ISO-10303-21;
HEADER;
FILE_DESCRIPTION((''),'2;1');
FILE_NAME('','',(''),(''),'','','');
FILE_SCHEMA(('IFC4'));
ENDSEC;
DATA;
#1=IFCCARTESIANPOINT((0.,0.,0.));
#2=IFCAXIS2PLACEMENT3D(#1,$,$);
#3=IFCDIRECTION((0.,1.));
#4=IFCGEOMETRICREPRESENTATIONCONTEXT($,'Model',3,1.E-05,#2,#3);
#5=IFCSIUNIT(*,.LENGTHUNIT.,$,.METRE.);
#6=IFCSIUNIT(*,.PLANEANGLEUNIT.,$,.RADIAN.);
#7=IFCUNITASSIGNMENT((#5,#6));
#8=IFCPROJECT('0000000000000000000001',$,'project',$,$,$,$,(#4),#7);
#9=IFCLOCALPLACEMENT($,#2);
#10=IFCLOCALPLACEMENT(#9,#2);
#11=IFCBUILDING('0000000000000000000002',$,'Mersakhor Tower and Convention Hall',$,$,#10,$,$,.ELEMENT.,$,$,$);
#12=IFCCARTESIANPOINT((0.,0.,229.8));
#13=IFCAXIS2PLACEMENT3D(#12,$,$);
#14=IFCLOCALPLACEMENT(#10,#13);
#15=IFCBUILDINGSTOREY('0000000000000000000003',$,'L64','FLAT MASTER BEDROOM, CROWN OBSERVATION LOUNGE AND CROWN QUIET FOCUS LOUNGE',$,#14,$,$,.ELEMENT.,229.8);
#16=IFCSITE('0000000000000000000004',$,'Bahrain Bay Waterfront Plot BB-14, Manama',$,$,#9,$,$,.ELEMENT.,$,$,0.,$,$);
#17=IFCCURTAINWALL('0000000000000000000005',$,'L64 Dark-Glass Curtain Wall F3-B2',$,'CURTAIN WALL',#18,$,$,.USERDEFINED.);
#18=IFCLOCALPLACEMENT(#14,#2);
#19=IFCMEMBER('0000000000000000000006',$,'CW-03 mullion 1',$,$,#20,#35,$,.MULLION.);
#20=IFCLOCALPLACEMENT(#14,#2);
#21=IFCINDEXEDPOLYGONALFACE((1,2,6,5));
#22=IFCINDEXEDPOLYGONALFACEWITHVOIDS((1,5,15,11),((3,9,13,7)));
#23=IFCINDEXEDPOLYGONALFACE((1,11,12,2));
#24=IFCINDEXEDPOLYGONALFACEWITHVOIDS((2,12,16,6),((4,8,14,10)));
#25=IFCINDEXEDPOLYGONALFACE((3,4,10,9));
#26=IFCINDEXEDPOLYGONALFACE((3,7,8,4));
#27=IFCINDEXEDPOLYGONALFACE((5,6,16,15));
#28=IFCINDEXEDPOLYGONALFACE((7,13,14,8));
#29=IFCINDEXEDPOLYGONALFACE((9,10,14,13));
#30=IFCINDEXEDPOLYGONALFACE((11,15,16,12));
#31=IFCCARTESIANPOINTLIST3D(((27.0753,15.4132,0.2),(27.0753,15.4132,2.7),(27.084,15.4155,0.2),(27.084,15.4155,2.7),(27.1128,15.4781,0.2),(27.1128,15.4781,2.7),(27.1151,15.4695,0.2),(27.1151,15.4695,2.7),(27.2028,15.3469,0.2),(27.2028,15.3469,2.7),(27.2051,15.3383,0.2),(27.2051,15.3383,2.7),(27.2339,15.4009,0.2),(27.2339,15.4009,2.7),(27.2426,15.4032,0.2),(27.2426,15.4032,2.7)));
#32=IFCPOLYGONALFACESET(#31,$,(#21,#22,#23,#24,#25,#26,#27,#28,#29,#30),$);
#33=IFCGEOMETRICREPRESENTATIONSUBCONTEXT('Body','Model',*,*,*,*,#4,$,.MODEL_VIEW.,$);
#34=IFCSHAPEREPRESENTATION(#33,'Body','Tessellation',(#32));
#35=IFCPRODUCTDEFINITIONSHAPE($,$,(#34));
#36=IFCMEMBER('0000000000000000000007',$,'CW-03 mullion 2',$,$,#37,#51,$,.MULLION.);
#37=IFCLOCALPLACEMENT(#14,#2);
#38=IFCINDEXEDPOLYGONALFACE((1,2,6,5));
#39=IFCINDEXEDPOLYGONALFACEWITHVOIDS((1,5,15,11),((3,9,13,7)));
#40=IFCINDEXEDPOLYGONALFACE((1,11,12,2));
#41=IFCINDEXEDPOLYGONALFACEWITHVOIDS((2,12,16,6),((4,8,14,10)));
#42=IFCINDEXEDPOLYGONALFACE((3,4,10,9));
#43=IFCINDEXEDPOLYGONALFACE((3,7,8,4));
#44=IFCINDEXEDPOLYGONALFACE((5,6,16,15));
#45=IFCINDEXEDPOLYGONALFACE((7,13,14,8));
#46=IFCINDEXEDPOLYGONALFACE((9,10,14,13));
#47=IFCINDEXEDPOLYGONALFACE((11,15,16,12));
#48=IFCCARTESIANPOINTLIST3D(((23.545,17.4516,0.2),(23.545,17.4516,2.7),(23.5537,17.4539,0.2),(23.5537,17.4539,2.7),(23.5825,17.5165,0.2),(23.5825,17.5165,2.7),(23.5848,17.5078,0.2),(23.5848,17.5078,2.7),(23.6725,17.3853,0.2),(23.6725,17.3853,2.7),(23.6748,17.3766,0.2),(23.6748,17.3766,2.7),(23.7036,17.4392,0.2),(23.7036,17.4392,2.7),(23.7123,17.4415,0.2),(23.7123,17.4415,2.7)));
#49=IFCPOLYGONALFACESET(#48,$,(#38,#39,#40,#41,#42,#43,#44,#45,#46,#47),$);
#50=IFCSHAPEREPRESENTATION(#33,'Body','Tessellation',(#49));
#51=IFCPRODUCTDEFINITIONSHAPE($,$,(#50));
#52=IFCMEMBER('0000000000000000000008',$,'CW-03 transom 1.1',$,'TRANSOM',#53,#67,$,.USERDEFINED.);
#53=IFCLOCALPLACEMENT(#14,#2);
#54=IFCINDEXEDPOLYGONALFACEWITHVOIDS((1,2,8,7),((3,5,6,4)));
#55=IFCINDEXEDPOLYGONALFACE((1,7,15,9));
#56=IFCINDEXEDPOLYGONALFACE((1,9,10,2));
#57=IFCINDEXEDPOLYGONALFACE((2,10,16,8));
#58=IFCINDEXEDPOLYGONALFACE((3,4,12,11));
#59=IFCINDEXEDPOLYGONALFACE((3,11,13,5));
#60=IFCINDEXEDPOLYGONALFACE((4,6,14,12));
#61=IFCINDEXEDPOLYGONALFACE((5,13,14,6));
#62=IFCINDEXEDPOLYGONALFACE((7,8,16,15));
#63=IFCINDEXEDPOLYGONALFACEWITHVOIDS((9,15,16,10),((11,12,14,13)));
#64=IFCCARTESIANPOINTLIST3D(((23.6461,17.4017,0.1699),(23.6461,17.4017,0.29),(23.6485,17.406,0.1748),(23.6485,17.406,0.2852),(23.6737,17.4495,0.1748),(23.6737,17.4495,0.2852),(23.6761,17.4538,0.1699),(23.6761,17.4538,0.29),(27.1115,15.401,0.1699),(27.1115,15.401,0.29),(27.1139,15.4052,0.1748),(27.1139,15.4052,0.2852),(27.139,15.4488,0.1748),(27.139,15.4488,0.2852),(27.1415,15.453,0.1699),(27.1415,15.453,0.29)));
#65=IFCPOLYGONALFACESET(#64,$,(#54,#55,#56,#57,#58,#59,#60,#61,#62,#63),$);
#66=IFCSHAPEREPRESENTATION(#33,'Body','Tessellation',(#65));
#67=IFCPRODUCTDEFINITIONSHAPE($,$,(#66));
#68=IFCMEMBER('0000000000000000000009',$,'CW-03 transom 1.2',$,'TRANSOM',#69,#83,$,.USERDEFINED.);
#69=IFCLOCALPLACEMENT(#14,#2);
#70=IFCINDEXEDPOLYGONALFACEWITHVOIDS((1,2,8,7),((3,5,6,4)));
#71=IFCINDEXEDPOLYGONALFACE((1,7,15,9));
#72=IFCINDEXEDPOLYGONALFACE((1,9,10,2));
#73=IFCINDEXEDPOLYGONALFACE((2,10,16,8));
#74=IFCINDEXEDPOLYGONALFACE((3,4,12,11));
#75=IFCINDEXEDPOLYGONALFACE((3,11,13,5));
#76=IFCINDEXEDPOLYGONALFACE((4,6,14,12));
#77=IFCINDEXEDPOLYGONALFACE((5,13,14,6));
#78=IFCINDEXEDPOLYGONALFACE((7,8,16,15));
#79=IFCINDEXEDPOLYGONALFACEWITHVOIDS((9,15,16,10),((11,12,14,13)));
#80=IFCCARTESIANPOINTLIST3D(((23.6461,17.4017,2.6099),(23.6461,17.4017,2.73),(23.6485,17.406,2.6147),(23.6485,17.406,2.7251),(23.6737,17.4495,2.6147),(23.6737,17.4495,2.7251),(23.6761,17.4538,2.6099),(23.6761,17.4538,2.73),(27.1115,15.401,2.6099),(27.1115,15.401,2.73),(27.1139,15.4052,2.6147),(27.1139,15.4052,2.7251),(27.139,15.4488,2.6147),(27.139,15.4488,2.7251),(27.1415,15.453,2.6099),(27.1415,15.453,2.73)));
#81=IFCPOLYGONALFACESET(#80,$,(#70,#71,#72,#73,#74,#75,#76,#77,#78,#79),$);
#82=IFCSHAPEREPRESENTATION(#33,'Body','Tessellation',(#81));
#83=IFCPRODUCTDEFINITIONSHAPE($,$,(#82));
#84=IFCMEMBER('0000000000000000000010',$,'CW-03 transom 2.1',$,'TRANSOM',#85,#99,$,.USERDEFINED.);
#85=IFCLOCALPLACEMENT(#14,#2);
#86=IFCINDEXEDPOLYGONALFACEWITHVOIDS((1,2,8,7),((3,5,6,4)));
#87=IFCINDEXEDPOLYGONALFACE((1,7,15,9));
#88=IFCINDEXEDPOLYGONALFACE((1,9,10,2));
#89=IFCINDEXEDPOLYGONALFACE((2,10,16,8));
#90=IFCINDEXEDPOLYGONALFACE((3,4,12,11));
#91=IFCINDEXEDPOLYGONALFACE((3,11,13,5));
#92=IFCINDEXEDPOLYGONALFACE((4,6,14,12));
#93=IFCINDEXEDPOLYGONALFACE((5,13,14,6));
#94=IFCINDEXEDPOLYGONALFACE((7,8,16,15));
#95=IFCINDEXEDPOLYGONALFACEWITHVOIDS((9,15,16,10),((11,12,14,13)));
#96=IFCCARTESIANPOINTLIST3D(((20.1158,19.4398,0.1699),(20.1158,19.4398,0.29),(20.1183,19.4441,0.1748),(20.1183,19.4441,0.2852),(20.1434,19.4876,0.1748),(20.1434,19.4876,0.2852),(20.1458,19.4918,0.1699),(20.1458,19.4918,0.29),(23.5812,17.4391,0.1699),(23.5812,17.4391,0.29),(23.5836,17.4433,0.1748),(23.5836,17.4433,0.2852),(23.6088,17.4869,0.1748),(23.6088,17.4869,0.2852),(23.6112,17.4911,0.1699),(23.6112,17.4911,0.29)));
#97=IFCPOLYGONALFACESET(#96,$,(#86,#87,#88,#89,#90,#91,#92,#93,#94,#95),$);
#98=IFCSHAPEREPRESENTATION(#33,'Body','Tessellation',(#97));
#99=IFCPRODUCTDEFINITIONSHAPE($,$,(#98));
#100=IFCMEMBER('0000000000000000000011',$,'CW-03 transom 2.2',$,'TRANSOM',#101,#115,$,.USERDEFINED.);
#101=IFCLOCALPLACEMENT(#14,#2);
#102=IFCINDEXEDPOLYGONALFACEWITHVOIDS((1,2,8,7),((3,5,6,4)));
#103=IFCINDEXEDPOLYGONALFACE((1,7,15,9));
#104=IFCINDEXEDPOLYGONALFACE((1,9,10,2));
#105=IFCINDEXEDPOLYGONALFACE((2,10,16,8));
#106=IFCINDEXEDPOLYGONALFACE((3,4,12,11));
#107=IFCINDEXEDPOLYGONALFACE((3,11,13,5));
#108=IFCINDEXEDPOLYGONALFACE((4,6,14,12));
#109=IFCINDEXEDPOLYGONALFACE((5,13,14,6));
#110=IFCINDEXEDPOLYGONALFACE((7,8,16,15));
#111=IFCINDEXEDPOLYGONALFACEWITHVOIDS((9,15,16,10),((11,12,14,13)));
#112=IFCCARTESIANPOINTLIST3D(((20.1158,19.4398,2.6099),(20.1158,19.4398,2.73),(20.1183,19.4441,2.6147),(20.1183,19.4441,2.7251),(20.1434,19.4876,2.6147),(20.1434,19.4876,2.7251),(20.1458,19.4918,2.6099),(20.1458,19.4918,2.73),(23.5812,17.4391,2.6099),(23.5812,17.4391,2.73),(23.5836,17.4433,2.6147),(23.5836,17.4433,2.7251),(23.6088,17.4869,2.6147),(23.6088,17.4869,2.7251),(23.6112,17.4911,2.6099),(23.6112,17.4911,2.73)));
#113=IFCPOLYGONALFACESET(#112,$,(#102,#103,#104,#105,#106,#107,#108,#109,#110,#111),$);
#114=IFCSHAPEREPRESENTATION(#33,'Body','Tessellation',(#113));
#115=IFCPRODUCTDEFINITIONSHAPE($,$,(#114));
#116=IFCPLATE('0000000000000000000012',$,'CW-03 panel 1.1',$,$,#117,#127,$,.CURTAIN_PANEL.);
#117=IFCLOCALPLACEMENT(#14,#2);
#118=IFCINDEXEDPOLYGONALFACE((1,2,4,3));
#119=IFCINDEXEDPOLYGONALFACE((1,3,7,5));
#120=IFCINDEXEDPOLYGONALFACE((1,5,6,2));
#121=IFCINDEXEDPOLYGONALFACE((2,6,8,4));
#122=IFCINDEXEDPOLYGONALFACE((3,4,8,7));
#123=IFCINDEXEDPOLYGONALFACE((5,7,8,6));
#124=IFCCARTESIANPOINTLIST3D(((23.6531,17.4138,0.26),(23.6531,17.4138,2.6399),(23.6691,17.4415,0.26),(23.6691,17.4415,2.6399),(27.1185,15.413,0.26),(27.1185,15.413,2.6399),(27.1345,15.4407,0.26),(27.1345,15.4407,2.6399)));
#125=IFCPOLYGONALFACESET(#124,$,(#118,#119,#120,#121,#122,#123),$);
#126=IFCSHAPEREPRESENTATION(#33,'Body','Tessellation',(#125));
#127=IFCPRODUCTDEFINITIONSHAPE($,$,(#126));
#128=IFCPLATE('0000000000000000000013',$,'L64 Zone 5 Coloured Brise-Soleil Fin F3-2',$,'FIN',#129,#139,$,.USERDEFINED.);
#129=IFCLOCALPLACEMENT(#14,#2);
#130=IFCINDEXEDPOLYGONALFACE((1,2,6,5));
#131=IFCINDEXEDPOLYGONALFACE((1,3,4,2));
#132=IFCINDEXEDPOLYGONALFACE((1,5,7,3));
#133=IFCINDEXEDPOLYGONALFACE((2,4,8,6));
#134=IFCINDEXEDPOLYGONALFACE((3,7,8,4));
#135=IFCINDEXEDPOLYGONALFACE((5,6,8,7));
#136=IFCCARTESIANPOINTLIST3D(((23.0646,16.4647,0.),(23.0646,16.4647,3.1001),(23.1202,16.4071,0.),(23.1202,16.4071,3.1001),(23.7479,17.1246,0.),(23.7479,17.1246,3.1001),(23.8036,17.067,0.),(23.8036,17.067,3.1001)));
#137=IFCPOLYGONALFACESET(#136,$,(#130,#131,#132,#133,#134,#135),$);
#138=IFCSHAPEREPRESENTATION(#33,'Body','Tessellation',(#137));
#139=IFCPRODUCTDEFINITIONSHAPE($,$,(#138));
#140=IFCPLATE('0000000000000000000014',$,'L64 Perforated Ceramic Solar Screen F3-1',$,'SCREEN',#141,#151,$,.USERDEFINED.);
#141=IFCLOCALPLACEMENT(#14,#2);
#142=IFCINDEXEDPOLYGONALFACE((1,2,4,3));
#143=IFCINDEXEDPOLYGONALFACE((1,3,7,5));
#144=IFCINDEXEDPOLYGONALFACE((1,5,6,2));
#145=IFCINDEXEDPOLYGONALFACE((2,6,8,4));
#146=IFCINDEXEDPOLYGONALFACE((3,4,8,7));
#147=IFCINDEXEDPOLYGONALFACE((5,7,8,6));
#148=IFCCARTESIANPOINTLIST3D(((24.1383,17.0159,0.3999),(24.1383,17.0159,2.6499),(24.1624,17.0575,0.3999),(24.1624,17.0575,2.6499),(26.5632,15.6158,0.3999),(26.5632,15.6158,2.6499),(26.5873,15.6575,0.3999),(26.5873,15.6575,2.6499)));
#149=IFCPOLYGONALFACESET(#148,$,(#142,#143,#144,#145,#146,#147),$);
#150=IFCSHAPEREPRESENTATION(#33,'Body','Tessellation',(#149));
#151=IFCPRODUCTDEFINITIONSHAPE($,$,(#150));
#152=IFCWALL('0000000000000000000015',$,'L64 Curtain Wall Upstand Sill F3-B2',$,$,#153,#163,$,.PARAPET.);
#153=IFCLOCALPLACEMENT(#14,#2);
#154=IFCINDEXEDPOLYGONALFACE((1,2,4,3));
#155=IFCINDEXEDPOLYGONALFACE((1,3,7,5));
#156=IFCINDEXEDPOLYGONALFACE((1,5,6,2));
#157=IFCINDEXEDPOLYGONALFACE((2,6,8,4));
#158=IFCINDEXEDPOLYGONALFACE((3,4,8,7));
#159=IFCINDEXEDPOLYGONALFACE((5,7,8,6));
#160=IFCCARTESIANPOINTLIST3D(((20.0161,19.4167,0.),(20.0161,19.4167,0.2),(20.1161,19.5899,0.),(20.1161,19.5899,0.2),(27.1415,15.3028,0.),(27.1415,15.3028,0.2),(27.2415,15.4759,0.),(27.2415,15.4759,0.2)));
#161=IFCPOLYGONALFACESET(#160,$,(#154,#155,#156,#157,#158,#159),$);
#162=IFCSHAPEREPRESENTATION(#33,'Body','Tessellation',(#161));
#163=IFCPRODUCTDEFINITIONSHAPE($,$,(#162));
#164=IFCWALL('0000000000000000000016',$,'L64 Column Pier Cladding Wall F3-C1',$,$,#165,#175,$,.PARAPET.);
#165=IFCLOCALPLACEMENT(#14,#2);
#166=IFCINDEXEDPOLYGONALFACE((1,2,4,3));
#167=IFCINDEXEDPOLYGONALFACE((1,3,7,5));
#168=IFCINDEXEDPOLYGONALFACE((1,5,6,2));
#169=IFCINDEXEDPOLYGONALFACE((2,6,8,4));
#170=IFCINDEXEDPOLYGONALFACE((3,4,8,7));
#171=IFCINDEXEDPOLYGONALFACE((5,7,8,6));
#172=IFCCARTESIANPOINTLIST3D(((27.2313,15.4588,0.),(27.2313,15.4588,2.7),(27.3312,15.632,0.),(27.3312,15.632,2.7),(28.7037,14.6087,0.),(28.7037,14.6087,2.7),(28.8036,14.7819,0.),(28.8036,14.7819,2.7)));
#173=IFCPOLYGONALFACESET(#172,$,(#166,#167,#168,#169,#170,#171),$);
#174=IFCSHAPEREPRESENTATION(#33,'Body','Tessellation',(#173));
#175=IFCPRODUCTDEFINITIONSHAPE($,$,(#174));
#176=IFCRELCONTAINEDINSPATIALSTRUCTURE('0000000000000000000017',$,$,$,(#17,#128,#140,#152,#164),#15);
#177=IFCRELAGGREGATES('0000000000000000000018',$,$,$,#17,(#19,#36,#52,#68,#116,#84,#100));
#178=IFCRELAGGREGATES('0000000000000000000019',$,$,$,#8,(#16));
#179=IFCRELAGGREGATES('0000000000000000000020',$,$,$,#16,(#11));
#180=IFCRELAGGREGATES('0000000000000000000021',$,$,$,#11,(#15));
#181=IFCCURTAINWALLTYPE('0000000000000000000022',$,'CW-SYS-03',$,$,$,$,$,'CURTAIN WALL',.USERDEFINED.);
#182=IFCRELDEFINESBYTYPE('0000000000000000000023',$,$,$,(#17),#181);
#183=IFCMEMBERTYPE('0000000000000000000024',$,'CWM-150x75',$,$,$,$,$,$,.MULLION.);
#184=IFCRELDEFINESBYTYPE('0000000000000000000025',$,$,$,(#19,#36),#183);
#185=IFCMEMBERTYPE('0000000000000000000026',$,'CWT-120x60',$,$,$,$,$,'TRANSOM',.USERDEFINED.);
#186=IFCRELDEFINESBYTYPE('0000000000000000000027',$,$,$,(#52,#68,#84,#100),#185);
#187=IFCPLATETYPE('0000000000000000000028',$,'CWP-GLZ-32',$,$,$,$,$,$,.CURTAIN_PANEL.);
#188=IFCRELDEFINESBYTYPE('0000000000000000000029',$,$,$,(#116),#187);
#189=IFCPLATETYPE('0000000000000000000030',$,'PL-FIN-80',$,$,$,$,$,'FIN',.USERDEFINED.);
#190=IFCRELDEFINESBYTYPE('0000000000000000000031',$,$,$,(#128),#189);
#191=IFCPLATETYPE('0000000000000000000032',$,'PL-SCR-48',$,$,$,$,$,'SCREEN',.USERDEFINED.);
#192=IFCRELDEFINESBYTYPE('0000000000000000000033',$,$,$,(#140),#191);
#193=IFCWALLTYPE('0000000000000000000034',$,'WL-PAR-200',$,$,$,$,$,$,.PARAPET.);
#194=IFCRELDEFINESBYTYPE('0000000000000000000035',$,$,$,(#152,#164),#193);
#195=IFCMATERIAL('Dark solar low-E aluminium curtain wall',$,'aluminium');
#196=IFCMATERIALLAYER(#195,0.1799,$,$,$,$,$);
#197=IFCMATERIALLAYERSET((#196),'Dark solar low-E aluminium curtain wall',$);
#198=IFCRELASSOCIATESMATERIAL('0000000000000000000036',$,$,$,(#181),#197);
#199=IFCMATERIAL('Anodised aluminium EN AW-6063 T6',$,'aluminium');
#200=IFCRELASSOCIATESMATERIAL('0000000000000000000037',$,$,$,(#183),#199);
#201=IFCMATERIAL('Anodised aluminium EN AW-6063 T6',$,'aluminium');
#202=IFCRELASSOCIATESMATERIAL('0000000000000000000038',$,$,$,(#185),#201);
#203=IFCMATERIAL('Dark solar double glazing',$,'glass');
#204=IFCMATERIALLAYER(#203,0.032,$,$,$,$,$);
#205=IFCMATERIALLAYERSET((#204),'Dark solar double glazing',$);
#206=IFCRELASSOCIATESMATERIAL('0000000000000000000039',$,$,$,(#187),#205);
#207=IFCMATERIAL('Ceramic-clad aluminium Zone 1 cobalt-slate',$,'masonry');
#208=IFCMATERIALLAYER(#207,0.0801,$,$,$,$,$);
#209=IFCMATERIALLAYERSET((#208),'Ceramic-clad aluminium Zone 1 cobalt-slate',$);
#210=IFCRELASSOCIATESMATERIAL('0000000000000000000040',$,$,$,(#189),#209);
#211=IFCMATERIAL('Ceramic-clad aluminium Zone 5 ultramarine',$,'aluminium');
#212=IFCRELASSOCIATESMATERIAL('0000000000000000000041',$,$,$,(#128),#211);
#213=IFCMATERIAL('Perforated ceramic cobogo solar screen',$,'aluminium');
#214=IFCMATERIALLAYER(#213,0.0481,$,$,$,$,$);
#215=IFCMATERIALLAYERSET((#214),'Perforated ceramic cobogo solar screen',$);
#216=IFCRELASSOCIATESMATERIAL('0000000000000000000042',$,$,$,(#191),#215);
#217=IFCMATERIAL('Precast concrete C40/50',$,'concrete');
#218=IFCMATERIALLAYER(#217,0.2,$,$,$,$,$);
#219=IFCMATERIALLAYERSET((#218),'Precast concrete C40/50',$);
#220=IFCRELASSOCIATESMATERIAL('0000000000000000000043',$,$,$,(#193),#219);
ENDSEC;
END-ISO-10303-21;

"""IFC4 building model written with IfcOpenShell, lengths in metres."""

from ifc_helpers import new_model, si_unit, direction, frame, frame_2d, origin, origin_2d, place, context, subcontext, project, spatial, rectangle, hollow_rectangle, extrude, material, layer, layer_set, material_profile, profile_set, type_object, element, aggregate, save


model = new_model("IFC4")

# Units and contexts
model_context = context("Model", 3, precision=1e-05, world=origin(), true_north=direction((0.0, 1.0)))
body_context = subcontext(model_context, "Body", "Model", "MODEL_VIEW")
ifc_project = project(units=[si_unit("LENGTHUNIT", "METRE"), si_unit("PLANEANGLEUNIT", "RADIAN")], contexts=[model_context])

# Site, building, storey
site_placement = place(None, origin())
site = spatial("IfcSite", under=ifc_project, at=site_placement, Name="Bahrain Bay Waterfront Plot BB-14, Manama", CompositionType="ELEMENT", RefElevation=0.0)
building_placement = place(site_placement, origin())
building = spatial("IfcBuilding", under=site, at=building_placement, Name="Mersakhor Tower and Convention Hall", CompositionType="ELEMENT")
storey_placement = place(building_placement, frame((0.0, 0.0, 229.8)))
storey = spatial("IfcBuildingStorey", under=building, at=storey_placement, Name="L64", Description="FLAT MASTER BEDROOM, CROWN OBSERVATION LOUNGE AND CROWN QUIET FOCUS LOUNGE", CompositionType="ELEMENT", Elevation=229.8)

# Curtain wall, members, plate
ifc_material_1 = material(Name="Dark solar low-E aluminium curtain wall", Category="aluminium")
ifc_layer_1 = layer(ifc_material_1, 0.1799)
ifc_layer_set_1 = layer_set([ifc_layer_1], Name="Dark solar low-E aluminium curtain wall")
curtain_wall_type = type_object("IfcCurtainWallType", Name="CW-SYS-03", ElementType="CURTAIN WALL", PredefinedType="USERDEFINED", material=ifc_layer_set_1)
curtain_wall_placement = place(storey_placement, origin())
curtain_wall = element("IfcCurtainWall", 1, at=curtain_wall_placement, inside=storey, type_object=curtain_wall_type, Name="L64 Dark-Glass Curtain Wall F3-B2", ObjectType="CURTAIN WALL", PredefinedType="USERDEFINED")
ifc_material_2 = material(Name="Anodised aluminium EN AW-6063 T6", Category="aluminium")
ifc_material_profile_1 = material_profile(ifc_material_2, hollow_rectangle(XDim=0.075, YDim=0.1499, WallThickness=0.0063, at=origin_2d()), Name="RHS 150x75x6.3")
ifc_profile_set_1 = profile_set([ifc_material_profile_1], Name="Anodised aluminium EN AW-6063 T6")
member_type_1 = type_object("IfcMemberType", Name="CWM-150x75", PredefinedType="MULLION", material=ifc_profile_set_1)
member_1_placement = place(storey_placement, frame((27.1589, 15.4082, 0.2), z_axis=(0.0, 0.0, 1.0), x_axis=(-0.500004, -0.866023, 0.0)))
member_1 = element("IfcMember", 2, at=member_1_placement, type_object=member_type_1, Name="CW-03 mullion 1", PredefinedType="MULLION", context=body_context, shape_type="SweptSolid", body=[
    extrude(hollow_rectangle(XDim=0.075, YDim=0.1499, WallThickness=0.0063, at=origin_2d()), origin(), (0.0, 0.0, 1.0), 2.5),
])
member_2_placement = place(storey_placement, frame((23.6287, 17.4465, 0.2), z_axis=(0.0, 0.0, 1.0), x_axis=(-0.500004, -0.866023, 0.0)))
member_2 = element("IfcMember", 3, at=member_2_placement, type_object=member_type_1, Name="CW-03 mullion 2", PredefinedType="MULLION", context=body_context, shape_type="SweptSolid", body=[
    extrude(hollow_rectangle(XDim=0.075, YDim=0.1499, WallThickness=0.0063, at=origin_2d()), origin(), (0.0, 0.0, 1.0), 2.5),
])
ifc_material_3 = material(Name="Anodised aluminium EN AW-6063 T6", Category="aluminium")
ifc_material_profile_2 = material_profile(ifc_material_3, hollow_rectangle(XDim=0.0601, YDim=0.1201, WallThickness=0.0049, at=origin_2d()), Name="RHS 120x60x5")
ifc_profile_set_2 = profile_set([ifc_material_profile_2], Name="Anodised aluminium EN AW-6063 T6")
member_type_2 = type_object("IfcMemberType", Name="CWT-120x60", ElementType="TRANSOM", PredefinedType="USERDEFINED", material=ifc_profile_set_2)
member_3_placement = place(storey_placement, frame((27.1265, 15.427, 0.23), z_axis=(-0.866023, 0.500004, 0.0), x_axis=(-0.500004, -0.866023, 0.0)))
member_3 = element("IfcMember", 4, at=member_3_placement, type_object=member_type_2, Name="CW-03 transom 1.1", ObjectType="TRANSOM", PredefinedType="USERDEFINED", context=body_context, shape_type="SweptSolid", body=[
    extrude(hollow_rectangle(XDim=0.0601, YDim=0.1201, WallThickness=0.0049, at=origin_2d()), origin(), (0.0, 0.0, 1.0), 4.0015),
])
member_4_placement = place(storey_placement, frame((27.1265, 15.427, 2.6699), z_axis=(-0.866023, 0.500004, 0.0), x_axis=(-0.500004, -0.866023, 0.0)))
member_4 = element("IfcMember", 5, at=member_4_placement, type_object=member_type_2, Name="CW-03 transom 1.2", ObjectType="TRANSOM", PredefinedType="USERDEFINED", context=body_context, shape_type="SweptSolid", body=[
    extrude(hollow_rectangle(XDim=0.0601, YDim=0.1201, WallThickness=0.0049, at=origin_2d()), origin(), (0.0, 0.0, 1.0), 4.0015),
])
member_5_placement = place(storey_placement, frame((23.5962, 17.4651, 0.23), z_axis=(-0.866023, 0.500004, 0.0), x_axis=(-0.500004, -0.866023, 0.0)))
member_5 = element("IfcMember", 6, at=member_5_placement, type_object=member_type_2, Name="CW-03 transom 2.1", ObjectType="TRANSOM", PredefinedType="USERDEFINED", context=body_context, shape_type="SweptSolid", body=[
    extrude(hollow_rectangle(XDim=0.0601, YDim=0.1201, WallThickness=0.0049, at=origin_2d()), origin(), (0.0, 0.0, 1.0), 4.0015),
])
member_6_placement = place(storey_placement, frame((23.5962, 17.4651, 2.6699), z_axis=(-0.866023, 0.500004, 0.0), x_axis=(-0.500004, -0.866023, 0.0)))
member_6 = element("IfcMember", 7, at=member_6_placement, type_object=member_type_2, Name="CW-03 transom 2.2", ObjectType="TRANSOM", PredefinedType="USERDEFINED", context=body_context, shape_type="SweptSolid", body=[
    extrude(hollow_rectangle(XDim=0.0601, YDim=0.1201, WallThickness=0.0049, at=origin_2d()), origin(), (0.0, 0.0, 1.0), 4.0015),
])
ifc_material_4 = material(Name="Dark solar double glazing", Category="glass")
ifc_layer_2 = layer(ifc_material_4, 0.032)
ifc_layer_set_2 = layer_set([ifc_layer_2], Name="Dark solar double glazing")
plate_type_1 = type_object("IfcPlateType", Name="CWP-GLZ-32", PredefinedType="CURTAIN_PANEL", material=ifc_layer_set_2)
plate_1_placement = place(storey_placement, frame((25.3938, 16.4272, 0.26), z_axis=(0.0, 0.0, 1.0), x_axis=(-0.866023, 0.500004, 0.0)))
plate_1 = element("IfcPlate", 8, at=plate_1_placement, type_object=plate_type_1, Name="CW-03 panel 1.1", PredefinedType="CURTAIN_PANEL", context=body_context, shape_type="SweptSolid", body=[
    extrude(rectangle(XDim=4.0015, YDim=0.032, at=origin_2d()), origin(), (0.0, 0.0, 1.0), 2.3799),
])
aggregate(curtain_wall, [member_1, member_2, member_3, member_4, plate_1, member_5, member_6])

# Plates
ifc_material_5 = material(Name="Ceramic-clad aluminium Zone 5 ultramarine", Category="aluminium")
ifc_material_6 = material(Name="Ceramic-clad aluminium Zone 1 cobalt-slate", Category="masonry")
ifc_layer_3 = layer(ifc_material_6, 0.0801)
ifc_layer_set_3 = layer_set([ifc_layer_3], Name="Ceramic-clad aluminium Zone 1 cobalt-slate")
plate_type_2 = type_object("IfcPlateType", Name="PL-FIN-80", ElementType="FIN", PredefinedType="USERDEFINED", material=ifc_layer_set_3)
plate_2_placement = place(storey_placement, frame((23.4341, 16.7659, 0.0), z_axis=(0.0, 0.0, 1.0), x_axis=(-0.71934, -0.694658, 0.0)))
element("IfcPlate", 9, at=plate_2_placement, inside=storey, type_object=plate_type_2, material=ifc_material_5, Name="L64 Zone 5 Coloured Brise-Soleil Fin F3-2", ObjectType="FIN", PredefinedType="USERDEFINED", context=body_context, shape_type="SweptSolid", body=[
    extrude(rectangle(XDim=0.95, YDim=0.0801, at=origin_2d()), origin(), (0.0, 0.0, 1.0), 3.1001),
])
ifc_material_7 = material(Name="Perforated ceramic cobogo solar screen", Category="aluminium")
ifc_layer_4 = layer(ifc_material_7, 0.0481)
ifc_layer_set_4 = layer_set([ifc_layer_4], Name="Perforated ceramic cobogo solar screen")
plate_type_3 = type_object("IfcPlateType", Name="PL-SCR-48", ElementType="SCREEN", PredefinedType="USERDEFINED", material=ifc_layer_set_4)
plate_3_placement = place(storey_placement, frame((25.3628, 16.3367, 0.3999), z_axis=(0.0, 0.0, 1.0), x_axis=(-0.866025, 0.5, 0.0)))
element("IfcPlate", 10, at=plate_3_placement, inside=storey, type_object=plate_type_3, Name="L64 Perforated Ceramic Solar Screen F3-1", ObjectType="SCREEN", PredefinedType="USERDEFINED", context=body_context, shape_type="SweptSolid", body=[
    extrude(rectangle(XDim=2.8, YDim=0.0481, at=origin_2d()), origin(), (0.0, 0.0, 1.0), 2.25),
])

# Walls
ifc_material_8 = material(Name="Precast concrete C40/50", Category="concrete")
ifc_layer_5 = layer(ifc_material_8, 0.2)
ifc_layer_set_5 = layer_set([ifc_layer_5], Name="Precast concrete C40/50")
wall_type_1 = type_object("IfcWallType", Name="WL-PAR-200", PredefinedType="PARAPET", material=ifc_layer_set_5)
wall_1_placement = place(storey_placement, frame((27.1914, 15.3894, 0.0), z_axis=(0.0, 0.0, 1.0), x_axis=(-0.86602, 0.50001, 0.0)))
element("IfcWall", 11, at=wall_1_placement, inside=storey, type_object=wall_type_1, Name="L64 Curtain Wall Upstand Sill F3-B2", PredefinedType="PARAPET", context=body_context, shape_type="SweptSolid", body=[
    extrude(rectangle(XDim=8.2278, YDim=0.2, at=frame_2d((4.1138, 0.0))), origin(), (0.0, 0.0, 1.0), 0.2),
])
wall_2_placement = place(storey_placement, frame((28.7537, 14.6953, 0.0), z_axis=(0.0, 0.0, 1.0), x_axis=(-0.866025, 0.5, 0.0)))
element("IfcWall", 12, at=wall_2_placement, inside=storey, type_object=wall_type_1, Name="L64 Column Pier Cladding Wall F3-C1", PredefinedType="PARAPET", context=body_context, shape_type="SweptSolid", body=[
    extrude(rectangle(XDim=1.7002, YDim=0.2, at=frame_2d((0.8501, 0.0))), origin(), (0.0, 0.0, 1.0), 2.7),
])

save(model, "model.ifc")
